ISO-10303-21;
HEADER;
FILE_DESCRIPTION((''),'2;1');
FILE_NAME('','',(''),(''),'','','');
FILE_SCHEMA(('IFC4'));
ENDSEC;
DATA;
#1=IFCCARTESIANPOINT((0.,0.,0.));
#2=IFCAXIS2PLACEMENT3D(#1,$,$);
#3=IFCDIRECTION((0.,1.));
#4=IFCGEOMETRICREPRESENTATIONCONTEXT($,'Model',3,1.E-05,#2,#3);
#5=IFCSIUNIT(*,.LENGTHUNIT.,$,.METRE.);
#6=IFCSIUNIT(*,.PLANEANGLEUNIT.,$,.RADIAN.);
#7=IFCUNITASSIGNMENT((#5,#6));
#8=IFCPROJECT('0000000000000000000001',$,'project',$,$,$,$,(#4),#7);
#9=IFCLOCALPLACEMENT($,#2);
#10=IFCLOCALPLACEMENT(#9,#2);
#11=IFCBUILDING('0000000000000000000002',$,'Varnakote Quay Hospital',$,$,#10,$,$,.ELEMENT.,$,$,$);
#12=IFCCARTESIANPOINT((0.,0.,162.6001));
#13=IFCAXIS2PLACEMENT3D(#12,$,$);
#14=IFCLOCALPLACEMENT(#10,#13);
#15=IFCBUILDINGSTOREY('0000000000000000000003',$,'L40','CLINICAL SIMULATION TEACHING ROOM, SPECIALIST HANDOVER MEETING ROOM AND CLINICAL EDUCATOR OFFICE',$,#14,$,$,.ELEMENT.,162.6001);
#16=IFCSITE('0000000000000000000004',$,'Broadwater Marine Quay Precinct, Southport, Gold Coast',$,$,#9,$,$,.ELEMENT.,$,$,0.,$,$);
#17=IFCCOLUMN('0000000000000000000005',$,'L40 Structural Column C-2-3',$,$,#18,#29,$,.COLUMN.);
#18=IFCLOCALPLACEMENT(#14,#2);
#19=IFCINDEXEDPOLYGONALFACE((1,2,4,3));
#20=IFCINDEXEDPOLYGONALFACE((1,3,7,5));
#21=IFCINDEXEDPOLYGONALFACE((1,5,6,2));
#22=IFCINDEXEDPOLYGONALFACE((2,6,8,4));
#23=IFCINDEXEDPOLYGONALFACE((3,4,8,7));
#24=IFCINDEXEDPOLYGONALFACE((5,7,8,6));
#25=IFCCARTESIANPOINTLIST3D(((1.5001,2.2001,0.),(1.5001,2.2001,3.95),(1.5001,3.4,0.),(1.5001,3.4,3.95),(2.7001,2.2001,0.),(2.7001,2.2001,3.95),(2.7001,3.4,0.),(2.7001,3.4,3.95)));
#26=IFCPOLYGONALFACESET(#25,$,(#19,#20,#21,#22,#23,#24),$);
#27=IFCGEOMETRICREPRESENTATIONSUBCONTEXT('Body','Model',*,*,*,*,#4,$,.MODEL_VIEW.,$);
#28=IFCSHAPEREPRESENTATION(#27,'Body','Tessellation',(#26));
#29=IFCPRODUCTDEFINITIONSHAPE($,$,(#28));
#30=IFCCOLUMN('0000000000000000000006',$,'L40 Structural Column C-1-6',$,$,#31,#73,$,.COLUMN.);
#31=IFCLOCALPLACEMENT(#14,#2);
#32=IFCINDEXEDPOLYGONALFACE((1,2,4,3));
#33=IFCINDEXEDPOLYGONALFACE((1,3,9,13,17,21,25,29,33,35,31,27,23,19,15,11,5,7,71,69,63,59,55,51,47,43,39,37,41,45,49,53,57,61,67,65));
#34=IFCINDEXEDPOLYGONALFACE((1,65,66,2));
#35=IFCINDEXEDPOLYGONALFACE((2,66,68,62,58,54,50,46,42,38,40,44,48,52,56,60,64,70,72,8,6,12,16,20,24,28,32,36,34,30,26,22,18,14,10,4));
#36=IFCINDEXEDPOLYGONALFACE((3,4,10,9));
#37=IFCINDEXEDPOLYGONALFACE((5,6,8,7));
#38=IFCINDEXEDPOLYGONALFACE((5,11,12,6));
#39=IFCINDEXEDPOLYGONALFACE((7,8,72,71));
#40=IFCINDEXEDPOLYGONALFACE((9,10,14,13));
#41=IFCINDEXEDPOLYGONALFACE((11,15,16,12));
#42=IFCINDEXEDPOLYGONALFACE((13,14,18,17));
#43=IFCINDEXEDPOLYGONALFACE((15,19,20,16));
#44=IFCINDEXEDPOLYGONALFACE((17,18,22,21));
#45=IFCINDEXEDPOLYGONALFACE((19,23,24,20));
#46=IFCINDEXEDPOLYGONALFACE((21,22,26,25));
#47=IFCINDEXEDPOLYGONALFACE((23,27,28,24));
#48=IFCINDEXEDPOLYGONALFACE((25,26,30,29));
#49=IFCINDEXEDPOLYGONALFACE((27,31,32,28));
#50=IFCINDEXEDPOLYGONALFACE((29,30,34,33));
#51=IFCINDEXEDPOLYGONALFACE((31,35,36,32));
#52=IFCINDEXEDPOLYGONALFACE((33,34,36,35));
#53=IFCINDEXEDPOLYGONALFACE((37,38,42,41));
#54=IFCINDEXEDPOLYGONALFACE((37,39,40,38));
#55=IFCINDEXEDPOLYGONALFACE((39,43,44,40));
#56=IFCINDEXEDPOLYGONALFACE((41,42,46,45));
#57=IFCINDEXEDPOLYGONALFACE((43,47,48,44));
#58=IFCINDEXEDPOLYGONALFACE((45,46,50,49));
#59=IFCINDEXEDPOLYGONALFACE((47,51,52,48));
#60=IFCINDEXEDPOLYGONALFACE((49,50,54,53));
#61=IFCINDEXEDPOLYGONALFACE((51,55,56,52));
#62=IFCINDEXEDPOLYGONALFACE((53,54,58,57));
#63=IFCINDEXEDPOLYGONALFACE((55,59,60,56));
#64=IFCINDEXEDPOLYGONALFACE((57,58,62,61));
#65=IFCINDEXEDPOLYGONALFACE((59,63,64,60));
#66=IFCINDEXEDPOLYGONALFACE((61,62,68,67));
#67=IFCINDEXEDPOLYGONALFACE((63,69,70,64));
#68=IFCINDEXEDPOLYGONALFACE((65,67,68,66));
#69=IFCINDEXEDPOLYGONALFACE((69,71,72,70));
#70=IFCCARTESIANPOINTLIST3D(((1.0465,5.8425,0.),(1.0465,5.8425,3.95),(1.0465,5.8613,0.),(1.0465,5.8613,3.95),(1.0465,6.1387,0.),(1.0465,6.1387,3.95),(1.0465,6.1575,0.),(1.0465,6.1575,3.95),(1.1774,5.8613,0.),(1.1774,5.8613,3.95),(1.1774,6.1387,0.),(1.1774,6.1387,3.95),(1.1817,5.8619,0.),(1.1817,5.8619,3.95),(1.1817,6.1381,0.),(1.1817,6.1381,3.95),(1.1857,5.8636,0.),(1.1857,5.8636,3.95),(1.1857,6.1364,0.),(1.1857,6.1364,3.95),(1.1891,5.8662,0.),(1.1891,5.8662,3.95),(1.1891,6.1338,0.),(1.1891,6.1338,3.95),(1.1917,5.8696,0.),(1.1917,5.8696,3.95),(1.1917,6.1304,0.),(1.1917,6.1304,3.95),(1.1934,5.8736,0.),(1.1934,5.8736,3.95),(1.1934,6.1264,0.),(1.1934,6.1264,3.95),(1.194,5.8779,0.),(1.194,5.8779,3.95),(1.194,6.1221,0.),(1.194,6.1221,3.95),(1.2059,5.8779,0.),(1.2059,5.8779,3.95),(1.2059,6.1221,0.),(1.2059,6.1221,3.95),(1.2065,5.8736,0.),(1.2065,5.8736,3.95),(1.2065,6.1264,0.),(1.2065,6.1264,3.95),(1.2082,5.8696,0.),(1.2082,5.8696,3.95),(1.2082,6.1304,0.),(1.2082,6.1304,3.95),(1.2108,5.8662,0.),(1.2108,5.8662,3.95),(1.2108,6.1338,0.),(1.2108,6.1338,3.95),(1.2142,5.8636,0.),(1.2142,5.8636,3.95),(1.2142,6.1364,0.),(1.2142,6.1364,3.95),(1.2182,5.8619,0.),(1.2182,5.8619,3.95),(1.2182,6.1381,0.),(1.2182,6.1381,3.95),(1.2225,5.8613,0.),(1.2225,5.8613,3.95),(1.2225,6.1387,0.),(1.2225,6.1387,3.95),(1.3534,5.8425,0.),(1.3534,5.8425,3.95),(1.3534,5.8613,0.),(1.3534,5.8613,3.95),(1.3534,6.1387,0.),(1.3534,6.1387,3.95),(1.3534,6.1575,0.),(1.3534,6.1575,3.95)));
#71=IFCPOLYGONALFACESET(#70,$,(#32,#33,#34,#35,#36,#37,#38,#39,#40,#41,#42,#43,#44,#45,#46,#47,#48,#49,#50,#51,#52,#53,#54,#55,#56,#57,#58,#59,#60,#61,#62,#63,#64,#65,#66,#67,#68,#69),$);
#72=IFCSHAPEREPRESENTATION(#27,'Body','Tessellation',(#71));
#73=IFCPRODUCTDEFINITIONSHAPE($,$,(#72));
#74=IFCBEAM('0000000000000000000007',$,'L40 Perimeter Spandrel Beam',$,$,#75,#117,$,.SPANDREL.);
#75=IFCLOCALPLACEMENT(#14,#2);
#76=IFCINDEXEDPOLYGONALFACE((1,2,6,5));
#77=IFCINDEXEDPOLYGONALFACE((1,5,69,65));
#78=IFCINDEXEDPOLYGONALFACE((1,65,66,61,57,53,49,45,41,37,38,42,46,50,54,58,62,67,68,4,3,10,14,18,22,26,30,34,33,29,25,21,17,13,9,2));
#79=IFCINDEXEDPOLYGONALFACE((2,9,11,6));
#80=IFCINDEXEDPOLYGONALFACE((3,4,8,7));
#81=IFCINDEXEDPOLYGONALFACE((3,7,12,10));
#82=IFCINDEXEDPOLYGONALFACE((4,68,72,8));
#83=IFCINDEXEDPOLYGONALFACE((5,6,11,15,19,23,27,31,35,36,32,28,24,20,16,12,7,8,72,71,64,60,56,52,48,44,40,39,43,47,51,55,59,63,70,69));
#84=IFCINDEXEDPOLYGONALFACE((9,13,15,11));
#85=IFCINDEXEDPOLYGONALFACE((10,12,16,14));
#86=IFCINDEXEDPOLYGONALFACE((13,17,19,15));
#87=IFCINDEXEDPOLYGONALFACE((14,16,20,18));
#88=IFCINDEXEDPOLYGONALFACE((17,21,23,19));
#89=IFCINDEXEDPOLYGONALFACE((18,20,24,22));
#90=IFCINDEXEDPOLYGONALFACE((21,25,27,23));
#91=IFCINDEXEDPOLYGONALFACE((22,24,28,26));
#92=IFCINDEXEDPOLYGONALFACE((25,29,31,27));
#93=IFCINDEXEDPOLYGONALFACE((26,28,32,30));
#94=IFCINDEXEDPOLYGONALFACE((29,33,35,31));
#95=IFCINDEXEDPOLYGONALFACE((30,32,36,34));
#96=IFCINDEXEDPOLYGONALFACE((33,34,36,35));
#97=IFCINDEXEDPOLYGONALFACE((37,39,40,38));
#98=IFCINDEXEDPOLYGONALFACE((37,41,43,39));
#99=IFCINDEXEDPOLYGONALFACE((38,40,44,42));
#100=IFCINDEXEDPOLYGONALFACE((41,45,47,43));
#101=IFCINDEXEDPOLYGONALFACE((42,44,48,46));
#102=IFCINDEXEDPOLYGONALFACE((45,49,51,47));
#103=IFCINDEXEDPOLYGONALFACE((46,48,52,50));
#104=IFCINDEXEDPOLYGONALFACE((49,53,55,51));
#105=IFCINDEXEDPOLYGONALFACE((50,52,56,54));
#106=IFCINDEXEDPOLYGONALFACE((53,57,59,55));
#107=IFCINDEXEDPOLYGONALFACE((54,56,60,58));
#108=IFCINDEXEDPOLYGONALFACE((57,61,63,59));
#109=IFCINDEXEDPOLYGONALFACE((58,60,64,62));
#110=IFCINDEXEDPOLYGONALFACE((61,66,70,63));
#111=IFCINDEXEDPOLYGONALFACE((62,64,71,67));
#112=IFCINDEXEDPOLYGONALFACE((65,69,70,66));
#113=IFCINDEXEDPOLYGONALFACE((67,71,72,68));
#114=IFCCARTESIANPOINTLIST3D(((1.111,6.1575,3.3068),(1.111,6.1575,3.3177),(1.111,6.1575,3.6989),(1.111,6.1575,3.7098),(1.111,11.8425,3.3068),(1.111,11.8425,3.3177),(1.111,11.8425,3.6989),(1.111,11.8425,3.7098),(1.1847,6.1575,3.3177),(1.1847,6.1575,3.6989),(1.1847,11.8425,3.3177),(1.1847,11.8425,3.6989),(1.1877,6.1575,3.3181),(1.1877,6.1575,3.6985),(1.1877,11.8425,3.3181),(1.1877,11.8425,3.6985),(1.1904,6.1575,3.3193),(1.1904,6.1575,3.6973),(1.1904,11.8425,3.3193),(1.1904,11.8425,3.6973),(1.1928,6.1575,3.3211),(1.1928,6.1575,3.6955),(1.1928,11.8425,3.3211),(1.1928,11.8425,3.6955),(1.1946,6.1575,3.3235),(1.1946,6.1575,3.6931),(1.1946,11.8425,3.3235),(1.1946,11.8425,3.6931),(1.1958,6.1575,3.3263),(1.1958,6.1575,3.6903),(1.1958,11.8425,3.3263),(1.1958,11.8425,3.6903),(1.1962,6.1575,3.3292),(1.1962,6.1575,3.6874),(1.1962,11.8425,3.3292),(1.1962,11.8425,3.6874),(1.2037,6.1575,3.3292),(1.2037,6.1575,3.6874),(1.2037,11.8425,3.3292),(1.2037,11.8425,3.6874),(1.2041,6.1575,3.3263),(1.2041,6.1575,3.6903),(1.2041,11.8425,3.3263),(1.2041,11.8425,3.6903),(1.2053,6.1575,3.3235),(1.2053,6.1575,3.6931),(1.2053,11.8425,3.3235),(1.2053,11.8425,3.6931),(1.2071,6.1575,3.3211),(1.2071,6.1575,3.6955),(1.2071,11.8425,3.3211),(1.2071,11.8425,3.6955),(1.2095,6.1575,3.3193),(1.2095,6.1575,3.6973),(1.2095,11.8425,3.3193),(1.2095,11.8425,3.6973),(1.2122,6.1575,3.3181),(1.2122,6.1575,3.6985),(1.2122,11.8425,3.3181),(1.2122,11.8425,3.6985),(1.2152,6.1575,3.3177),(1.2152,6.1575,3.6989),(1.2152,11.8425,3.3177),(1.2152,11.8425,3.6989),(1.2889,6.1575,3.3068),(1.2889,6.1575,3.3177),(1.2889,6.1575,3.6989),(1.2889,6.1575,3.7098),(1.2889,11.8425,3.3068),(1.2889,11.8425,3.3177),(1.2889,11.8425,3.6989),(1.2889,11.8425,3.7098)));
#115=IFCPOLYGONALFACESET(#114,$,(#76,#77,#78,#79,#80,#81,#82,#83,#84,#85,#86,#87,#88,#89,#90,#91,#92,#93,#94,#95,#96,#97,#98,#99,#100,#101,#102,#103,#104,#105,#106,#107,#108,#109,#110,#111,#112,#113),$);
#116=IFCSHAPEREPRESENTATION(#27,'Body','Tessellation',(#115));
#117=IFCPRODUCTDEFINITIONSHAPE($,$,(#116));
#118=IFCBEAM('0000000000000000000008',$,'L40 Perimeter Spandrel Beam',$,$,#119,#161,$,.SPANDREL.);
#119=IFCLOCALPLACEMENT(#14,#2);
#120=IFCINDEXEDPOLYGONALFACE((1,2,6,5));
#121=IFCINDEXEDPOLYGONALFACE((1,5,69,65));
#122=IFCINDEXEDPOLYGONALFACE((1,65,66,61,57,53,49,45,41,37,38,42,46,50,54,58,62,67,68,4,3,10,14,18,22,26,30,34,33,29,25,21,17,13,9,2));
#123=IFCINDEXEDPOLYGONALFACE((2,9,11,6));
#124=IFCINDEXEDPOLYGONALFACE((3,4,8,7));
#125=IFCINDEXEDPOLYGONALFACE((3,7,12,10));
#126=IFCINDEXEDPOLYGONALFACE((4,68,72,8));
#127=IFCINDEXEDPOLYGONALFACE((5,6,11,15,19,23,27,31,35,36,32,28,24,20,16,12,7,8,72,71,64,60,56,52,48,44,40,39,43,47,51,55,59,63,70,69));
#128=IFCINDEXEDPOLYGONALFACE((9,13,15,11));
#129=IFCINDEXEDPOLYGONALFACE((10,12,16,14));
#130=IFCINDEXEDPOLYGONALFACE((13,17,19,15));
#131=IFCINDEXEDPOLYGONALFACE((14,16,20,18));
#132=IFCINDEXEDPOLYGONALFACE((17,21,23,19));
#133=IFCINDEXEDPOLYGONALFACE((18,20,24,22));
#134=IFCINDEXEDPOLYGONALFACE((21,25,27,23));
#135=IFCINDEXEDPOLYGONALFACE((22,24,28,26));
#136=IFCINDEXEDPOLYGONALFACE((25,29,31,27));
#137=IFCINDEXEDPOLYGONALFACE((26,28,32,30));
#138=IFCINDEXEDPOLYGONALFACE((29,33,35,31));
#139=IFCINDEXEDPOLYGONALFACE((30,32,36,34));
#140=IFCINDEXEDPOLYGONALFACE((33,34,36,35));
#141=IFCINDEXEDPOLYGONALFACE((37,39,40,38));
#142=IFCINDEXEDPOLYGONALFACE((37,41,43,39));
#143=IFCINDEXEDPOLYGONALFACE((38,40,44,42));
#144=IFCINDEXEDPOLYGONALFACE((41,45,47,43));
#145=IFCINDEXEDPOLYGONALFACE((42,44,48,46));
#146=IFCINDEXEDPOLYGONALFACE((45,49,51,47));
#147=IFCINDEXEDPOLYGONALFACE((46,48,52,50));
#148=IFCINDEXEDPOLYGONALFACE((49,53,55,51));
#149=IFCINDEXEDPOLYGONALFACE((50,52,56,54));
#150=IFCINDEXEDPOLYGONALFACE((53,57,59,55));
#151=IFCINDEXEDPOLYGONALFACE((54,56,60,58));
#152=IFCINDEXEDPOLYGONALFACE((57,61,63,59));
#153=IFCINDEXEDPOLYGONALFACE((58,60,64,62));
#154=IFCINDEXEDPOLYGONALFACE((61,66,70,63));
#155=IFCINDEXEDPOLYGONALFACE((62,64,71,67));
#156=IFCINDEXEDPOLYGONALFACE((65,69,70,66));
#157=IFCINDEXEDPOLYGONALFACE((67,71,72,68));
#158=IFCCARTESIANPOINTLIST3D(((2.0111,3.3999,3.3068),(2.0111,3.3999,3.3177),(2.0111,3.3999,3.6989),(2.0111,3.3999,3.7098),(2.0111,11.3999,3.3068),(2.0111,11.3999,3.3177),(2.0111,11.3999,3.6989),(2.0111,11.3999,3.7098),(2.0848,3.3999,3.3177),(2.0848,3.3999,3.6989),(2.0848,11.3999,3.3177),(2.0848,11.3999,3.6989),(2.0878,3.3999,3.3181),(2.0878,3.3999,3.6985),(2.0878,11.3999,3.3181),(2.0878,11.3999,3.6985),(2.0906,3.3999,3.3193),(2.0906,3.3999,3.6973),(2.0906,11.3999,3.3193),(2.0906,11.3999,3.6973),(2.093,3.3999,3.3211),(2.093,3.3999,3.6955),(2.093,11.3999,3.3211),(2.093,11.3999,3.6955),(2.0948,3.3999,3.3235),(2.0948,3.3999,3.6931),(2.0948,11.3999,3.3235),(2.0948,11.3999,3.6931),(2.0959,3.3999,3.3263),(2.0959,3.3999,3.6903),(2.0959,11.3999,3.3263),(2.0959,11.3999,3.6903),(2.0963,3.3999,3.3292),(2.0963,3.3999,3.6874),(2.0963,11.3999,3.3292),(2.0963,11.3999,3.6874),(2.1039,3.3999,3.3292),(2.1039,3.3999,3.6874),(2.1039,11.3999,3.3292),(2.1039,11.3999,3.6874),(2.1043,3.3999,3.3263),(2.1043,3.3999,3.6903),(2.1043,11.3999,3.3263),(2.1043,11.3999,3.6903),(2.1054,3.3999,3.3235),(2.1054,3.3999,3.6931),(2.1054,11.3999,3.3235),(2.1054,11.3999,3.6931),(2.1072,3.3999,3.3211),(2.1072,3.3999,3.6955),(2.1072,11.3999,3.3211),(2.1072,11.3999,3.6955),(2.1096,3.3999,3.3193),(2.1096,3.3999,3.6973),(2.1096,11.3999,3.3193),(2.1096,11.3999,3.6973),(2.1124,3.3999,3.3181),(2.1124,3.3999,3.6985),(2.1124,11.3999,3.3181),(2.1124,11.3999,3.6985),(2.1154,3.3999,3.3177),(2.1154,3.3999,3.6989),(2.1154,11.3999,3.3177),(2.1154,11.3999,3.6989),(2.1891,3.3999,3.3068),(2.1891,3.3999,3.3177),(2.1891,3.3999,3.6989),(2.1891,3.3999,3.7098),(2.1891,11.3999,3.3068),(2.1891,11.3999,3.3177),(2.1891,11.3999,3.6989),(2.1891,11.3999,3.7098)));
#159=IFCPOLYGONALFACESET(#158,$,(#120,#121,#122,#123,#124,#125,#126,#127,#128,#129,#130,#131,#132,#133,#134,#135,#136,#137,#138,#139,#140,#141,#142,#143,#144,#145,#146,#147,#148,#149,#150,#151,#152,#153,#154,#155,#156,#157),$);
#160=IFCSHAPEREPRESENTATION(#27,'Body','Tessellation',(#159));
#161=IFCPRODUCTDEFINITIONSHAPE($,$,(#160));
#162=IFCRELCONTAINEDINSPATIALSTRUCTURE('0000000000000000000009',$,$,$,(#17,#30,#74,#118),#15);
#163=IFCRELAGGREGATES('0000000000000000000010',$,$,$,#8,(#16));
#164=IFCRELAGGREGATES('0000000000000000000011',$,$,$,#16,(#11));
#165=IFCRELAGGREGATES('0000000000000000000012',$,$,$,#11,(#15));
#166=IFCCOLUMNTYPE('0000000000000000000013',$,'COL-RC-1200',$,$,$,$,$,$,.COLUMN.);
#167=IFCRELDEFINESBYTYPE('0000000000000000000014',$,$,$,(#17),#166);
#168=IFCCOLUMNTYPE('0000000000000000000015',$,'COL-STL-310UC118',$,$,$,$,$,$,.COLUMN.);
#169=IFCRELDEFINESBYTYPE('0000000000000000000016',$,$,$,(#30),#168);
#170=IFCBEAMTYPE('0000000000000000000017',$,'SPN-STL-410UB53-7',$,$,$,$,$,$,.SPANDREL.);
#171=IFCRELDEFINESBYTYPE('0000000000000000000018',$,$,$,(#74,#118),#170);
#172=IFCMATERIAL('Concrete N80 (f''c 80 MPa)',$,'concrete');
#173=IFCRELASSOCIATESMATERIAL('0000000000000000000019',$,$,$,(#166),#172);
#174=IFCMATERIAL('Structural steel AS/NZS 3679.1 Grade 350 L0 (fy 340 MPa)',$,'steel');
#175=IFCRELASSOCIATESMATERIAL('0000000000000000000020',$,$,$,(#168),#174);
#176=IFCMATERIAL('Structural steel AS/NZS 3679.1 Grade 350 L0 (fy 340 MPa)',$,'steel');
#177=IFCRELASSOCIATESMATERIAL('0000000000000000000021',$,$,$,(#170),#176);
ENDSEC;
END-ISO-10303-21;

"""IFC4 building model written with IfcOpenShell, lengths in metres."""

from ifc_helpers import new_model, si_unit, direction, frame, origin, origin_2d, place, context, subcontext, project, spatial, rectangle, i_section, extrude, material, material_profile, profile_set, type_object, element, save


model = new_model("IFC4")

# Units and contexts
model_context = context("Model", 3, precision=1e-05, world=origin(), true_north=direction((0.0, 1.0)))
body_context = subcontext(model_context, "Body", "Model", "MODEL_VIEW")
ifc_project = project(units=[si_unit("LENGTHUNIT", "METRE"), si_unit("PLANEANGLEUNIT", "RADIAN")], contexts=[model_context])

# Site, building, storey
site_placement = place(None, origin())
site = spatial("IfcSite", under=ifc_project, at=site_placement, Name="Broadwater Marine Quay Precinct, Southport, Gold Coast", CompositionType="ELEMENT", RefElevation=0.0)
building_placement = place(site_placement, origin())
building = spatial("IfcBuilding", under=site, at=building_placement, Name="Varnakote Quay Hospital", CompositionType="ELEMENT")
storey_placement = place(building_placement, frame((0.0, 0.0, 162.6001)))
storey = spatial("IfcBuildingStorey", under=building, at=storey_placement, Name="L40", Description="CLINICAL SIMULATION TEACHING ROOM, SPECIALIST HANDOVER MEETING ROOM AND CLINICAL EDUCATOR OFFICE", CompositionType="ELEMENT", Elevation=162.6001)

# Columns
ifc_material_1 = material(Name="Concrete N80 (f'c 80 MPa)", Category="concrete")
ifc_material_profile_1 = material_profile(ifc_material_1, rectangle(XDim=1.2, YDim=1.2, at=origin_2d()), Name="RC-COL-1200x1200")
ifc_profile_set_1 = profile_set([ifc_material_profile_1], Name="Concrete N80 (f'c 80 MPa)")
column_type_1 = type_object("IfcColumnType", Name="COL-RC-1200", PredefinedType="COLUMN", material=ifc_profile_set_1)
column_1_placement = place(storey_placement, frame((2.1001, 2.8, 0.0), z_axis=(0.0, 0.0, 1.0), x_axis=(1.0, 0.0, 0.0)))
element("IfcColumn", 1, at=column_1_placement, inside=storey, type_object=column_type_1, Name="L40 Structural Column C-2-3", PredefinedType="COLUMN", context=body_context, shape_type="SweptSolid", body=[
    extrude(rectangle(XDim=1.2, YDim=1.2, at=origin_2d()), origin(), (0.0, 0.0, 1.0), 3.95),
])
ifc_material_2 = material(Name="Structural steel AS/NZS 3679.1 Grade 350 L0 (fy 340 MPa)", Category="steel")
ifc_material_profile_2 = material_profile(ifc_material_2, i_section(OverallWidth=0.3069, OverallDepth=0.3149, WebThickness=0.012, FlangeThickness=0.0188, FilletRadius=0.0166, at=origin_2d()), Name="310UC118")
ifc_profile_set_2 = profile_set([ifc_material_profile_2], Name="Structural steel AS/NZS 3679.1 Grade 350 L0 (fy 340 MPa)")
column_type_2 = type_object("IfcColumnType", Name="COL-STL-310UC118", PredefinedType="COLUMN", material=ifc_profile_set_2)
column_2_placement = place(storey_placement, frame((1.2, 6.0, 0.0), z_axis=(0.0, 0.0, 1.0), x_axis=(1.0, 0.0, 0.0)))
element("IfcColumn", 2, at=column_2_placement, inside=storey, type_object=column_type_2, Name="L40 Structural Column C-1-6", PredefinedType="COLUMN", context=body_context, shape_type="SweptSolid", body=[
    extrude(i_section(OverallWidth=0.3069, OverallDepth=0.3149, WebThickness=0.012, FlangeThickness=0.0188, FilletRadius=0.0166, at=origin_2d()), origin(), (0.0, 0.0, 1.0), 3.95),
])

# Beams
ifc_material_3 = material(Name="Structural steel AS/NZS 3679.1 Grade 350 L0 (fy 340 MPa)", Category="steel")
ifc_material_profile_3 = material_profile(ifc_material_3, i_section(OverallWidth=0.178, OverallDepth=0.4031, WebThickness=0.0076, FlangeThickness=0.011, FilletRadius=0.0115, at=origin_2d()), Name="410UB53.7")
ifc_profile_set_3 = profile_set([ifc_material_profile_3], Name="Structural steel AS/NZS 3679.1 Grade 350 L0 (fy 340 MPa)")
beam_type_1 = type_object("IfcBeamType", Name="SPN-STL-410UB53-7", PredefinedType="SPANDREL", material=ifc_profile_set_3)
beam_1_placement = place(storey_placement, frame((1.2, 6.1575, 3.5083), z_axis=(0.0, 1.0, 0.0), x_axis=(-1.0, 0.0, 0.0)))
element("IfcBeam", 3, at=beam_1_placement, inside=storey, type_object=beam_type_1, Name="L40 Perimeter Spandrel Beam", PredefinedType="SPANDREL", context=body_context, shape_type="SweptSolid", body=[
    extrude(i_section(OverallWidth=0.178, OverallDepth=0.4031, WebThickness=0.0076, FlangeThickness=0.011, FilletRadius=0.0115, at=origin_2d()), origin(), (0.0, 0.0, 1.0), 5.6851),
])
beam_2_placement = place(storey_placement, frame((2.1001, 3.3999, 3.5083), z_axis=(0.0, 1.0, 0.0), x_axis=(-1.0, 0.0, 0.0)))
element("IfcBeam", 4, at=beam_2_placement, inside=storey, type_object=beam_type_1, Name="L40 Perimeter Spandrel Beam", PredefinedType="SPANDREL", context=body_context, shape_type="SweptSolid", body=[
    extrude(i_section(OverallWidth=0.178, OverallDepth=0.4031, WebThickness=0.0076, FlangeThickness=0.011, FilletRadius=0.0115, at=origin_2d()), origin(), (0.0, 0.0, 1.0), 8.0),
])

save(model, "model.ifc")
